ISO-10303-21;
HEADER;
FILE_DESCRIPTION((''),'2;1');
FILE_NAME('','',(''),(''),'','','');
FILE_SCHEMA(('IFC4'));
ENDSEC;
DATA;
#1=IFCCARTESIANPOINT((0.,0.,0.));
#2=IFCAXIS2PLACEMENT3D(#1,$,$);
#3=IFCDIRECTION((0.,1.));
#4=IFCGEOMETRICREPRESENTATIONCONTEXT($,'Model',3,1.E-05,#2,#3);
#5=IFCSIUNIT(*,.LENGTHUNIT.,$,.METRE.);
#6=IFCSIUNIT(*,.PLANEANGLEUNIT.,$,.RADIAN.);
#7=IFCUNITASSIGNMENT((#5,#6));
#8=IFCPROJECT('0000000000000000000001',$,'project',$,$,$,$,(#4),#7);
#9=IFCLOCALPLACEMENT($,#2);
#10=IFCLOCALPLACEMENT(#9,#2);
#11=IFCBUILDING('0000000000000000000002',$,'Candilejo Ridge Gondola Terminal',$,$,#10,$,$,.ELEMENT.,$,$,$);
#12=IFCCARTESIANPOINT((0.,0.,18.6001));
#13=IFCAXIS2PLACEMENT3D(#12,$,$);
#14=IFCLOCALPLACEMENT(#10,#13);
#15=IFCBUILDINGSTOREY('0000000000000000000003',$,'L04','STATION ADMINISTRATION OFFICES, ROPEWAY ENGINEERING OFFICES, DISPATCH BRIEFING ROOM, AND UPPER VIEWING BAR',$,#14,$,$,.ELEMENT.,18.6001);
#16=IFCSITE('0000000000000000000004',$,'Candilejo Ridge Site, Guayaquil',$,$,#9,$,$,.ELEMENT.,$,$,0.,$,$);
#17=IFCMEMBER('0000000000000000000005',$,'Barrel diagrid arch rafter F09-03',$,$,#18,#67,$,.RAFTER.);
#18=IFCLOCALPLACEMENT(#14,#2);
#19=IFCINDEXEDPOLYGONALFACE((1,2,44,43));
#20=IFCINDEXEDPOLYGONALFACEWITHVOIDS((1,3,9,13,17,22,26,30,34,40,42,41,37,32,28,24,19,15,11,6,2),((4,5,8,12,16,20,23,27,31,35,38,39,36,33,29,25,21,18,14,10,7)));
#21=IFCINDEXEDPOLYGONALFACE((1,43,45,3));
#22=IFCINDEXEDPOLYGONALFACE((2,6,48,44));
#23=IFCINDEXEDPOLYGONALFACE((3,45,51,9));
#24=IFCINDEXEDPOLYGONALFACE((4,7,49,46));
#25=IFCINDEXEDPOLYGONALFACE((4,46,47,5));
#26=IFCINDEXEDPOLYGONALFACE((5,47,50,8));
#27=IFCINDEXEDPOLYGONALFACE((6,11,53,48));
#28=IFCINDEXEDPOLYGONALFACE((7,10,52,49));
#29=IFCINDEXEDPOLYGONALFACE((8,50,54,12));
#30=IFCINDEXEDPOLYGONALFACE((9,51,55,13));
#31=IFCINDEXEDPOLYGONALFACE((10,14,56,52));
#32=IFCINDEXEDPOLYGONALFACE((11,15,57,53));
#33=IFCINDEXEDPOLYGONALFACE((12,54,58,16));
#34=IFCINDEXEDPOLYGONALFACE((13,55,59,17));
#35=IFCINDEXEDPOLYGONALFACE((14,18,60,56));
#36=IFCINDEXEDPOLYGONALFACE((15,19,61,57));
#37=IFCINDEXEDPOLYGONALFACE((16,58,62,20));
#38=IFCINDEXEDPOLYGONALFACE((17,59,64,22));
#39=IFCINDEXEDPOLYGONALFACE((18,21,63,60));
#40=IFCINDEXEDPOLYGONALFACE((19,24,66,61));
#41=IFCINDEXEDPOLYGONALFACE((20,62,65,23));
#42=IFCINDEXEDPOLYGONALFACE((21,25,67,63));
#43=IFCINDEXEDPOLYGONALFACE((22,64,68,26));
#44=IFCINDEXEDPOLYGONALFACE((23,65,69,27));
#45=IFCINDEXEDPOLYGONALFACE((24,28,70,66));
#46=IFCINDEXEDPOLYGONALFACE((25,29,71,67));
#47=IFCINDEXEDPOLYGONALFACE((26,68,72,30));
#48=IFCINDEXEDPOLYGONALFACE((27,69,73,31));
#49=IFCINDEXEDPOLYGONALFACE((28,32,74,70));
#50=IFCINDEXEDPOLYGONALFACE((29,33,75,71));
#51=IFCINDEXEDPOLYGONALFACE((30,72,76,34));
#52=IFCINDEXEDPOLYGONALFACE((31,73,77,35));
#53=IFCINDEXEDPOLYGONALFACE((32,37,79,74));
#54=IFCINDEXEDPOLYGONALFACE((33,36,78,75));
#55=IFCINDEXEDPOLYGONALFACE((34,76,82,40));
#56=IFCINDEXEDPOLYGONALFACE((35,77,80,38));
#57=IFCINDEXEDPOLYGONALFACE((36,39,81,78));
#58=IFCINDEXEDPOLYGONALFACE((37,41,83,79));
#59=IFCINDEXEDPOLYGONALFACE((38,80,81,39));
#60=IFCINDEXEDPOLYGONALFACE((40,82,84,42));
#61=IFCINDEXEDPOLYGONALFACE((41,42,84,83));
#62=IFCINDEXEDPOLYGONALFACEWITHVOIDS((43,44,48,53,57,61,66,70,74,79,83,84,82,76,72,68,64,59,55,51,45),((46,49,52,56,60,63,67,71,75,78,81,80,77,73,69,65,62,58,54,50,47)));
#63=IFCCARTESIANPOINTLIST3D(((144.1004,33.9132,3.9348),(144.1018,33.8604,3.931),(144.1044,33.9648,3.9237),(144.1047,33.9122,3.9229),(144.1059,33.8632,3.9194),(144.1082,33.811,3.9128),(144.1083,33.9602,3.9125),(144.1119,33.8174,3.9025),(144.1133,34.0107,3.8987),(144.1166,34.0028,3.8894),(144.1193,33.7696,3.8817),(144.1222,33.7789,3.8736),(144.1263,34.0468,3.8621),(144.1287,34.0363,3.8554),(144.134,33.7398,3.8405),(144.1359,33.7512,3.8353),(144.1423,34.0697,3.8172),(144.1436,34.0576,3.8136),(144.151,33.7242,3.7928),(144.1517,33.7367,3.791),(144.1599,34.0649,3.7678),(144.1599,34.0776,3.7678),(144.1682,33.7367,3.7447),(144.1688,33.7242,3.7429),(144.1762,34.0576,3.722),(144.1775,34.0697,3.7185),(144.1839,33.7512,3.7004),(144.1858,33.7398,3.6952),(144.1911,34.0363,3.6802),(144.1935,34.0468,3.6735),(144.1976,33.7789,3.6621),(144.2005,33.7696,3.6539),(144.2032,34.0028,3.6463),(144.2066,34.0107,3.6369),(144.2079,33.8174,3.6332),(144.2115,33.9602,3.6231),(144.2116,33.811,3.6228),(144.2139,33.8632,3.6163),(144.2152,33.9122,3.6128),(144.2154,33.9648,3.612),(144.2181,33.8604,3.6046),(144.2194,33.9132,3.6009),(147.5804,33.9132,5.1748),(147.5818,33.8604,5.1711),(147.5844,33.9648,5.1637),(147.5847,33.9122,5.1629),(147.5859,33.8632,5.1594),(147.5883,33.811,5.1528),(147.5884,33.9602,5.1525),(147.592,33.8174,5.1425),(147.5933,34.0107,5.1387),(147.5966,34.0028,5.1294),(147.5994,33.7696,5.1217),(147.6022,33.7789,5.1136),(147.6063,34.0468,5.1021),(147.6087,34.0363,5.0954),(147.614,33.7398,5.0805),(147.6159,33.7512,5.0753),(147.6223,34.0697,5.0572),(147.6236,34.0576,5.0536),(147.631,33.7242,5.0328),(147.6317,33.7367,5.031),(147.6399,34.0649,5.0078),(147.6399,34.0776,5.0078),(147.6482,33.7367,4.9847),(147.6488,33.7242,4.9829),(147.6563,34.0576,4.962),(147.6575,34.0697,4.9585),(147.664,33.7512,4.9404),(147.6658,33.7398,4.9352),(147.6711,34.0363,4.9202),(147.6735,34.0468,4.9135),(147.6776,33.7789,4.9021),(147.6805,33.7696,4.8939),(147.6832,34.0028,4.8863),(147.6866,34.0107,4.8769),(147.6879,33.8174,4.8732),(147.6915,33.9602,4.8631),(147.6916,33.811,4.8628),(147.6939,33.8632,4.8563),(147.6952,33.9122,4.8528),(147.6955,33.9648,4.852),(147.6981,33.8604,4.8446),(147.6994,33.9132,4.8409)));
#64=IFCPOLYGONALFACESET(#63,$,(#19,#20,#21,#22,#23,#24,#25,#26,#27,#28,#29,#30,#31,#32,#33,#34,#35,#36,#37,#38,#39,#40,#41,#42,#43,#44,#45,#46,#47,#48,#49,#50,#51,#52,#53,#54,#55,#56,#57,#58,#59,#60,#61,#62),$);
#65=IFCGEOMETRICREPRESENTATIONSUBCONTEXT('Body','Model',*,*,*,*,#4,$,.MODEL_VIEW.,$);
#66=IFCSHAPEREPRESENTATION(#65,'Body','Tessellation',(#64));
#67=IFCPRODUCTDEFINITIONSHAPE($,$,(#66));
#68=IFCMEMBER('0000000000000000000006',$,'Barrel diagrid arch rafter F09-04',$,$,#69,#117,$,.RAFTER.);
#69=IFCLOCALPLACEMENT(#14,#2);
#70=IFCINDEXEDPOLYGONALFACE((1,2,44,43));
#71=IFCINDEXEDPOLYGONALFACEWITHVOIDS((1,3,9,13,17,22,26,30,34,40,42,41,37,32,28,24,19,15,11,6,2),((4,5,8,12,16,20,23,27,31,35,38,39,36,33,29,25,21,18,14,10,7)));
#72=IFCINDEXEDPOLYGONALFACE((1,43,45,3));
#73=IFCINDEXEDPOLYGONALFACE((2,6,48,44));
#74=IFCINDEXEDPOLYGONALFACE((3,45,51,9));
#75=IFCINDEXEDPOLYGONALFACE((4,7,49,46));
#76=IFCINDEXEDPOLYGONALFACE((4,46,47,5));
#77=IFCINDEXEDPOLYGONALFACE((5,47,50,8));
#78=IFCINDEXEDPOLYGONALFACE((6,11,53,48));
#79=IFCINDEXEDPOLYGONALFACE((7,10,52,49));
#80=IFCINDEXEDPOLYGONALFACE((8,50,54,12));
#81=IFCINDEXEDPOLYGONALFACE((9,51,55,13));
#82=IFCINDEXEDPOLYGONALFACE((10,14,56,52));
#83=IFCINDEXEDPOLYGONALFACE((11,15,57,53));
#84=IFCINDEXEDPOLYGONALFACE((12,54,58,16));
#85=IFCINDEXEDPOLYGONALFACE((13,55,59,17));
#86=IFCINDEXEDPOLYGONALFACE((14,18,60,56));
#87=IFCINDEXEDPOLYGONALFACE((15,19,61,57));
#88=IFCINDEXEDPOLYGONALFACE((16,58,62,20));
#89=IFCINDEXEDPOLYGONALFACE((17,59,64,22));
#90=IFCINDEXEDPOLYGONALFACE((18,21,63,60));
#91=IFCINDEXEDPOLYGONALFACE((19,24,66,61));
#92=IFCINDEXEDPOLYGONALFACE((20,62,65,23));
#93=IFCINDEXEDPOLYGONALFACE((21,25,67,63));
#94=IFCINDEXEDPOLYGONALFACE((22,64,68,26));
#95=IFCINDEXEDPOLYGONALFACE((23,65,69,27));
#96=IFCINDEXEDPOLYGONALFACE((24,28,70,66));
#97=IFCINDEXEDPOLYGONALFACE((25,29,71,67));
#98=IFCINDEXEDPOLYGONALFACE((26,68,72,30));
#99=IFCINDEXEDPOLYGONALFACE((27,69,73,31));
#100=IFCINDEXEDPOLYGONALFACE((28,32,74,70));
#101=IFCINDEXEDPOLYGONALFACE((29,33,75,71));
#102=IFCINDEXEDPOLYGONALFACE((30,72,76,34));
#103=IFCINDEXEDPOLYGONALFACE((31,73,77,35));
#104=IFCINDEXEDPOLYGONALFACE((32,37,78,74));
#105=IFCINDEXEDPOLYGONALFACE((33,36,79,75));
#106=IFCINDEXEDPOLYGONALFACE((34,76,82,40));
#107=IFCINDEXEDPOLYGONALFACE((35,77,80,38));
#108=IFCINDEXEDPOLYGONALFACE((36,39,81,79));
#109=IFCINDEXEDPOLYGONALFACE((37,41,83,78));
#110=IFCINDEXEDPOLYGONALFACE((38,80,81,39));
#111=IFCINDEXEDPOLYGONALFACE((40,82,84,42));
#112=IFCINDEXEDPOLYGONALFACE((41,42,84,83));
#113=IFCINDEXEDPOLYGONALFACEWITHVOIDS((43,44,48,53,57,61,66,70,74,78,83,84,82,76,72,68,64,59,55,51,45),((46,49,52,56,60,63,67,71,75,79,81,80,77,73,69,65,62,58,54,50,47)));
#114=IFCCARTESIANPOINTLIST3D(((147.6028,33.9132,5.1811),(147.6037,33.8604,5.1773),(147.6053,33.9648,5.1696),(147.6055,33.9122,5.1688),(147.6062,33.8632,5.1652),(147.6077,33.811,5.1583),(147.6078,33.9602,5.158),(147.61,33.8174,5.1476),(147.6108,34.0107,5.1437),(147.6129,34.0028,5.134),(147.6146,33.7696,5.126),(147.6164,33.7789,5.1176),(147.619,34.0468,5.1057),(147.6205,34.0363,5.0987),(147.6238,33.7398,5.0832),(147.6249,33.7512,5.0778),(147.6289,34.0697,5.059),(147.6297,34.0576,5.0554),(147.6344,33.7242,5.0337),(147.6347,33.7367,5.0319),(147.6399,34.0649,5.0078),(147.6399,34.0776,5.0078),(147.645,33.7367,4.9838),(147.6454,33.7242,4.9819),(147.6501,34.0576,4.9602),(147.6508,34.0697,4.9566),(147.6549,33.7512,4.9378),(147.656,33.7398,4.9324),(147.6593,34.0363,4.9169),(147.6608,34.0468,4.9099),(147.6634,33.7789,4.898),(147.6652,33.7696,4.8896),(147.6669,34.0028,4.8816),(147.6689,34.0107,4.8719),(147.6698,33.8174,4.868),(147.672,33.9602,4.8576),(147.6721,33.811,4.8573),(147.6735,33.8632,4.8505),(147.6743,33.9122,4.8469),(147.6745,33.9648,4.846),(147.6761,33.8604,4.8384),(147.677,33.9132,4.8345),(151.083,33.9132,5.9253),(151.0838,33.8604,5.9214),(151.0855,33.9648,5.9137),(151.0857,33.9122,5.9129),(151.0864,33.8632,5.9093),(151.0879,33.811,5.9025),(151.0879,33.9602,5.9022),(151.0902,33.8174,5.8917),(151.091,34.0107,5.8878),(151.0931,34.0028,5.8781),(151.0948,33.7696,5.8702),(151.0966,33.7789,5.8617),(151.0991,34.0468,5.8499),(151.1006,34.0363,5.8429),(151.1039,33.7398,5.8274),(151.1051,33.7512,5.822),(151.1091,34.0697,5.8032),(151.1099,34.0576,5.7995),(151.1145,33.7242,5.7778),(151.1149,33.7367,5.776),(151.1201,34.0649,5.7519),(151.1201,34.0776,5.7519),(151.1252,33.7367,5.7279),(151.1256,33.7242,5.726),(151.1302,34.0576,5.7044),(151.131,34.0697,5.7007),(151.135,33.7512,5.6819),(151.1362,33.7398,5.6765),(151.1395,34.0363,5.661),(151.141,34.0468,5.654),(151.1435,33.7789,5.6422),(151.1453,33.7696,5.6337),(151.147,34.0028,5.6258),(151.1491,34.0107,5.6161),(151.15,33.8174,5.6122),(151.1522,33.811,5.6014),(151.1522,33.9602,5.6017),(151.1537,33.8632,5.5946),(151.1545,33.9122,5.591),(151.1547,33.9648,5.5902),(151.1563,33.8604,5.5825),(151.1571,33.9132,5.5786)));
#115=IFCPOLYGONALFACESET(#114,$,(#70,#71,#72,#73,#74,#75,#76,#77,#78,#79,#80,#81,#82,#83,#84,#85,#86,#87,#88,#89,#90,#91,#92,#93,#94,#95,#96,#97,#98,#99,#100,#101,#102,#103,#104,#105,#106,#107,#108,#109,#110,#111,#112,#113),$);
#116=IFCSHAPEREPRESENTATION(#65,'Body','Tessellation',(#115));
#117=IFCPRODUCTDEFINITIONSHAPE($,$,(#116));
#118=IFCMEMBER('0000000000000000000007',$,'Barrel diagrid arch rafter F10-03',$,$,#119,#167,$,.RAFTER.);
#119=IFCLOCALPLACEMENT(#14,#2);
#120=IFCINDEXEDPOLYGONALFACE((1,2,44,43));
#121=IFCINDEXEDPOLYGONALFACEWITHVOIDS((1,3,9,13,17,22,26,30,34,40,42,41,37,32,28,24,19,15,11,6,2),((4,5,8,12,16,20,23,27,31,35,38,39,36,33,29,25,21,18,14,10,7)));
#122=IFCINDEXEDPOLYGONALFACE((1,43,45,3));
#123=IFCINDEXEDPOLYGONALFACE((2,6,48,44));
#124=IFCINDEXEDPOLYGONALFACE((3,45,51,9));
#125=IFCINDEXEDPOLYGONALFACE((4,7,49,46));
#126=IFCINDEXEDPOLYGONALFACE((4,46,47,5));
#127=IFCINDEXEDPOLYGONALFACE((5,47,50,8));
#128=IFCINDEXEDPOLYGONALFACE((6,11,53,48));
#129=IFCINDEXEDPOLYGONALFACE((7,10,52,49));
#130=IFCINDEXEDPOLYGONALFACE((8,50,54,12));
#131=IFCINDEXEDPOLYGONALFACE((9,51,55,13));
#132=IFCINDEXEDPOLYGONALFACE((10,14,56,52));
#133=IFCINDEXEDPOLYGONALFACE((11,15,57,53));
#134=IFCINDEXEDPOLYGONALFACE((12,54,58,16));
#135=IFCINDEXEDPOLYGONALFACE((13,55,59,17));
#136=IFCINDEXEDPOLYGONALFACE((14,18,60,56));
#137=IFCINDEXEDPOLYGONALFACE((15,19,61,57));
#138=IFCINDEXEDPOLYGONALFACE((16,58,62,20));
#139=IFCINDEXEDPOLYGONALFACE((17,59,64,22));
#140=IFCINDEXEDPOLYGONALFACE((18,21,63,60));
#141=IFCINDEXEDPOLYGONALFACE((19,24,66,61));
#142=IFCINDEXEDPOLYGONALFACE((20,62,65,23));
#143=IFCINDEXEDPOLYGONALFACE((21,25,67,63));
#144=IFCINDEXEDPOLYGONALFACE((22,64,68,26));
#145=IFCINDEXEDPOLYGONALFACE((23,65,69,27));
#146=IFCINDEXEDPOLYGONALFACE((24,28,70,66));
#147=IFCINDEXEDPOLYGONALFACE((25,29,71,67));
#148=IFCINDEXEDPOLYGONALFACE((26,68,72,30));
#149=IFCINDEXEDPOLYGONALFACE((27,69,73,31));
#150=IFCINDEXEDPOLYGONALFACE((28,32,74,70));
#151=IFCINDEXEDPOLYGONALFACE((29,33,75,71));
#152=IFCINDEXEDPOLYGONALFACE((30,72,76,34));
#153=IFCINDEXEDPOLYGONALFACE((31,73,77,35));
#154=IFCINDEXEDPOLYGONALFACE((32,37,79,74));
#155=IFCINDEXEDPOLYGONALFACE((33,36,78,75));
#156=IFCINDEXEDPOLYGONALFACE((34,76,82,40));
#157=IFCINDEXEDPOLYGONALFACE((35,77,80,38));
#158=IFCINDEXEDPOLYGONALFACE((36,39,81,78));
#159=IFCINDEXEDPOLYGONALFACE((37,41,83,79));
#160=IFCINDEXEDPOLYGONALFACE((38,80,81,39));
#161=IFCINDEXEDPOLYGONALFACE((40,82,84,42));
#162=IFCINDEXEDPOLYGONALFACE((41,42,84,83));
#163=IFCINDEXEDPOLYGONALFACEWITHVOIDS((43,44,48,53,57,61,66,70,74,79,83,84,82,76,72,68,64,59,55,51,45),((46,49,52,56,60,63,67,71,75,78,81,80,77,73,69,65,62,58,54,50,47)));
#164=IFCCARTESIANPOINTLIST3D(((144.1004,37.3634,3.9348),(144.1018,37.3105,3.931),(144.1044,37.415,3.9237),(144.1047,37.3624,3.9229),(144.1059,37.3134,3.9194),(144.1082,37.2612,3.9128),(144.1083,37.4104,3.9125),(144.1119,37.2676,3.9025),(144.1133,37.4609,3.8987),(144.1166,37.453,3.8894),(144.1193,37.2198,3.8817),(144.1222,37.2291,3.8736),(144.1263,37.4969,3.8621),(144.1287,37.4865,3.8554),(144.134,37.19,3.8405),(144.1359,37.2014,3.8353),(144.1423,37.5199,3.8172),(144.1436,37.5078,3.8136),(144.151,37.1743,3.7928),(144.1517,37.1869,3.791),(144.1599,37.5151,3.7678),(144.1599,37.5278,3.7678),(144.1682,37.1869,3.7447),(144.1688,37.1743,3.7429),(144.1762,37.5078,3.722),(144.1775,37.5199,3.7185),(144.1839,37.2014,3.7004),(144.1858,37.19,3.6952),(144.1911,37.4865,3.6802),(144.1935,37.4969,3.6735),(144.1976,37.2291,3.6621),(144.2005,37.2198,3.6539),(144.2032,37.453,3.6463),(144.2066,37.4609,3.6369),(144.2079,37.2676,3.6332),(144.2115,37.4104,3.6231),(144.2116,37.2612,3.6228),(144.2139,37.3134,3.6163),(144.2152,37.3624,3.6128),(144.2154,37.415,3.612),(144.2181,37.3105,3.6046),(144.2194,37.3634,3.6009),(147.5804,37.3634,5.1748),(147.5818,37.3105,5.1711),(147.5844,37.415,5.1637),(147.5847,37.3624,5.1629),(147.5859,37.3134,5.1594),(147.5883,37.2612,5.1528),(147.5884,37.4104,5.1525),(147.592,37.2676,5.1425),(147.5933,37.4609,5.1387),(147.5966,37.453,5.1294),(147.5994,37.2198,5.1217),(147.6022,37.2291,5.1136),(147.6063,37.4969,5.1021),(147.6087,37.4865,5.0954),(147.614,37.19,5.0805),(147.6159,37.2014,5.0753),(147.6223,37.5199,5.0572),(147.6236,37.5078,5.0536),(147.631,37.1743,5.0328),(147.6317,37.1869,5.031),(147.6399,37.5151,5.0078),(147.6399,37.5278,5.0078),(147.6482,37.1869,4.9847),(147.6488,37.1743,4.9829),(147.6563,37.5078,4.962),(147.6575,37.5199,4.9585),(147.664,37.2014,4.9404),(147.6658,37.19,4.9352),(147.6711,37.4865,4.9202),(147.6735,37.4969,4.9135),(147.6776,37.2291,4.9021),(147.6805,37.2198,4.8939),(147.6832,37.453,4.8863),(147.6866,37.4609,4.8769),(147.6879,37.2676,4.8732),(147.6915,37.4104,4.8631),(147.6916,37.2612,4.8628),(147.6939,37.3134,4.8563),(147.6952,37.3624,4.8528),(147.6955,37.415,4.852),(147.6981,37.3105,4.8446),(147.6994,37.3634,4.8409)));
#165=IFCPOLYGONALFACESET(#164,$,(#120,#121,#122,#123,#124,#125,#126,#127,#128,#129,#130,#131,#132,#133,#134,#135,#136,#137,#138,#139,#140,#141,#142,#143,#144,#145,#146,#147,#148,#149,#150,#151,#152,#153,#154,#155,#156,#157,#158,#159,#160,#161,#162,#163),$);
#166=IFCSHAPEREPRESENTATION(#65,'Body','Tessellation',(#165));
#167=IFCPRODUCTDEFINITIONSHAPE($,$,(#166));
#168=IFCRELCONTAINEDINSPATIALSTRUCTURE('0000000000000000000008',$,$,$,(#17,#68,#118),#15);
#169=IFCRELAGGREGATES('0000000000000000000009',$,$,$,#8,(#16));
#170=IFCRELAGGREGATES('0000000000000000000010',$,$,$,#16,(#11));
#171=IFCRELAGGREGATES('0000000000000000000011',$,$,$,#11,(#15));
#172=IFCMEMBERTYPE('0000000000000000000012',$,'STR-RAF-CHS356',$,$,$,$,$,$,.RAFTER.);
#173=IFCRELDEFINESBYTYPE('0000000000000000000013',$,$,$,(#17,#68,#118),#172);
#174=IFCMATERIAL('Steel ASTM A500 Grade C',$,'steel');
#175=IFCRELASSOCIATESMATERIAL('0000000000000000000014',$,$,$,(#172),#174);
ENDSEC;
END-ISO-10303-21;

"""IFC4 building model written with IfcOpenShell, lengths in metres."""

from ifc_helpers import new_model, si_unit, direction, frame, origin, origin_2d, place, context, subcontext, project, spatial, hollow_circle, extrude, material, material_profile, profile_set, type_object, element, save


model = new_model("IFC4")

# Units and contexts
model_context = context("Model", 3, precision=1e-05, world=origin(), true_north=direction((0.0, 1.0)))
body_context = subcontext(model_context, "Body", "Model", "MODEL_VIEW")
ifc_project = project(units=[si_unit("LENGTHUNIT", "METRE"), si_unit("PLANEANGLEUNIT", "RADIAN")], contexts=[model_context])

# Site, building, storey
site_placement = place(None, origin())
site = spatial("IfcSite", under=ifc_project, at=site_placement, Name="Candilejo Ridge Site, Guayaquil", CompositionType="ELEMENT", RefElevation=0.0)
building_placement = place(site_placement, origin())
building = spatial("IfcBuilding", under=site, at=building_placement, Name="Candilejo Ridge Gondola Terminal", CompositionType="ELEMENT")
storey_placement = place(building_placement, frame((0.0, 0.0, 18.6001)))
storey = spatial("IfcBuildingStorey", under=building, at=storey_placement, Name="L04", Description="STATION ADMINISTRATION OFFICES, ROPEWAY ENGINEERING OFFICES, DISPATCH BRIEFING ROOM, AND UPPER VIEWING BAR", CompositionType="ELEMENT", Elevation=18.6001)

# Members
ifc_material_1 = material(Name="Steel ASTM A500 Grade C", Category="steel")
ifc_material_profile_1 = material_profile(ifc_material_1, hollow_circle(Radius=0.1777, WallThickness=0.0127, at=origin_2d()))
ifc_profile_set_1 = profile_set([ifc_material_profile_1], Name="Steel ASTM A500 Grade C")
member_type_1 = type_object("IfcMemberType", Name="STR-RAF-CHS356", PredefinedType="RAFTER", material=ifc_profile_set_1)
member_1_placement = place(storey_placement, frame((144.1599, 33.8999, 3.7678), z_axis=(0.941987, 0.0, 0.33565), x_axis=(0.0, 1.0, 0.0)))
element("IfcMember", 1, at=member_1_placement, inside=storey, type_object=member_type_1, Name="Barrel diagrid arch rafter F09-03", PredefinedType="RAFTER", context=body_context, shape_type="SweptSolid", body=[
    extrude(hollow_circle(Radius=0.1777, WallThickness=0.0127, at=origin_2d()), origin(), (0.0, 0.0, 1.0), 3.6943),
])
member_2_placement = place(storey_placement, frame((147.6399, 33.8999, 5.0078), z_axis=(0.977896, 0.0, 0.209093), x_axis=(0.0, 1.0, 0.0)))
element("IfcMember", 2, at=member_2_placement, inside=storey, type_object=member_type_1, Name="Barrel diagrid arch rafter F09-04", PredefinedType="RAFTER", context=body_context, shape_type="SweptSolid", body=[
    extrude(hollow_circle(Radius=0.1777, WallThickness=0.0127, at=origin_2d()), origin(), (0.0, 0.0, 1.0), 3.5588),
])
member_3_placement = place(storey_placement, frame((144.1599, 37.3501, 3.7678), z_axis=(0.941987, 0.0, 0.33565), x_axis=(0.0, 1.0, 0.0)))
element("IfcMember", 3, at=member_3_placement, inside=storey, type_object=member_type_1, Name="Barrel diagrid arch rafter F10-03", PredefinedType="RAFTER", context=body_context, shape_type="SweptSolid", body=[
    extrude(hollow_circle(Radius=0.1777, WallThickness=0.0127, at=origin_2d()), origin(), (0.0, 0.0, 1.0), 3.6943),
])

save(model, "model.ifc")
